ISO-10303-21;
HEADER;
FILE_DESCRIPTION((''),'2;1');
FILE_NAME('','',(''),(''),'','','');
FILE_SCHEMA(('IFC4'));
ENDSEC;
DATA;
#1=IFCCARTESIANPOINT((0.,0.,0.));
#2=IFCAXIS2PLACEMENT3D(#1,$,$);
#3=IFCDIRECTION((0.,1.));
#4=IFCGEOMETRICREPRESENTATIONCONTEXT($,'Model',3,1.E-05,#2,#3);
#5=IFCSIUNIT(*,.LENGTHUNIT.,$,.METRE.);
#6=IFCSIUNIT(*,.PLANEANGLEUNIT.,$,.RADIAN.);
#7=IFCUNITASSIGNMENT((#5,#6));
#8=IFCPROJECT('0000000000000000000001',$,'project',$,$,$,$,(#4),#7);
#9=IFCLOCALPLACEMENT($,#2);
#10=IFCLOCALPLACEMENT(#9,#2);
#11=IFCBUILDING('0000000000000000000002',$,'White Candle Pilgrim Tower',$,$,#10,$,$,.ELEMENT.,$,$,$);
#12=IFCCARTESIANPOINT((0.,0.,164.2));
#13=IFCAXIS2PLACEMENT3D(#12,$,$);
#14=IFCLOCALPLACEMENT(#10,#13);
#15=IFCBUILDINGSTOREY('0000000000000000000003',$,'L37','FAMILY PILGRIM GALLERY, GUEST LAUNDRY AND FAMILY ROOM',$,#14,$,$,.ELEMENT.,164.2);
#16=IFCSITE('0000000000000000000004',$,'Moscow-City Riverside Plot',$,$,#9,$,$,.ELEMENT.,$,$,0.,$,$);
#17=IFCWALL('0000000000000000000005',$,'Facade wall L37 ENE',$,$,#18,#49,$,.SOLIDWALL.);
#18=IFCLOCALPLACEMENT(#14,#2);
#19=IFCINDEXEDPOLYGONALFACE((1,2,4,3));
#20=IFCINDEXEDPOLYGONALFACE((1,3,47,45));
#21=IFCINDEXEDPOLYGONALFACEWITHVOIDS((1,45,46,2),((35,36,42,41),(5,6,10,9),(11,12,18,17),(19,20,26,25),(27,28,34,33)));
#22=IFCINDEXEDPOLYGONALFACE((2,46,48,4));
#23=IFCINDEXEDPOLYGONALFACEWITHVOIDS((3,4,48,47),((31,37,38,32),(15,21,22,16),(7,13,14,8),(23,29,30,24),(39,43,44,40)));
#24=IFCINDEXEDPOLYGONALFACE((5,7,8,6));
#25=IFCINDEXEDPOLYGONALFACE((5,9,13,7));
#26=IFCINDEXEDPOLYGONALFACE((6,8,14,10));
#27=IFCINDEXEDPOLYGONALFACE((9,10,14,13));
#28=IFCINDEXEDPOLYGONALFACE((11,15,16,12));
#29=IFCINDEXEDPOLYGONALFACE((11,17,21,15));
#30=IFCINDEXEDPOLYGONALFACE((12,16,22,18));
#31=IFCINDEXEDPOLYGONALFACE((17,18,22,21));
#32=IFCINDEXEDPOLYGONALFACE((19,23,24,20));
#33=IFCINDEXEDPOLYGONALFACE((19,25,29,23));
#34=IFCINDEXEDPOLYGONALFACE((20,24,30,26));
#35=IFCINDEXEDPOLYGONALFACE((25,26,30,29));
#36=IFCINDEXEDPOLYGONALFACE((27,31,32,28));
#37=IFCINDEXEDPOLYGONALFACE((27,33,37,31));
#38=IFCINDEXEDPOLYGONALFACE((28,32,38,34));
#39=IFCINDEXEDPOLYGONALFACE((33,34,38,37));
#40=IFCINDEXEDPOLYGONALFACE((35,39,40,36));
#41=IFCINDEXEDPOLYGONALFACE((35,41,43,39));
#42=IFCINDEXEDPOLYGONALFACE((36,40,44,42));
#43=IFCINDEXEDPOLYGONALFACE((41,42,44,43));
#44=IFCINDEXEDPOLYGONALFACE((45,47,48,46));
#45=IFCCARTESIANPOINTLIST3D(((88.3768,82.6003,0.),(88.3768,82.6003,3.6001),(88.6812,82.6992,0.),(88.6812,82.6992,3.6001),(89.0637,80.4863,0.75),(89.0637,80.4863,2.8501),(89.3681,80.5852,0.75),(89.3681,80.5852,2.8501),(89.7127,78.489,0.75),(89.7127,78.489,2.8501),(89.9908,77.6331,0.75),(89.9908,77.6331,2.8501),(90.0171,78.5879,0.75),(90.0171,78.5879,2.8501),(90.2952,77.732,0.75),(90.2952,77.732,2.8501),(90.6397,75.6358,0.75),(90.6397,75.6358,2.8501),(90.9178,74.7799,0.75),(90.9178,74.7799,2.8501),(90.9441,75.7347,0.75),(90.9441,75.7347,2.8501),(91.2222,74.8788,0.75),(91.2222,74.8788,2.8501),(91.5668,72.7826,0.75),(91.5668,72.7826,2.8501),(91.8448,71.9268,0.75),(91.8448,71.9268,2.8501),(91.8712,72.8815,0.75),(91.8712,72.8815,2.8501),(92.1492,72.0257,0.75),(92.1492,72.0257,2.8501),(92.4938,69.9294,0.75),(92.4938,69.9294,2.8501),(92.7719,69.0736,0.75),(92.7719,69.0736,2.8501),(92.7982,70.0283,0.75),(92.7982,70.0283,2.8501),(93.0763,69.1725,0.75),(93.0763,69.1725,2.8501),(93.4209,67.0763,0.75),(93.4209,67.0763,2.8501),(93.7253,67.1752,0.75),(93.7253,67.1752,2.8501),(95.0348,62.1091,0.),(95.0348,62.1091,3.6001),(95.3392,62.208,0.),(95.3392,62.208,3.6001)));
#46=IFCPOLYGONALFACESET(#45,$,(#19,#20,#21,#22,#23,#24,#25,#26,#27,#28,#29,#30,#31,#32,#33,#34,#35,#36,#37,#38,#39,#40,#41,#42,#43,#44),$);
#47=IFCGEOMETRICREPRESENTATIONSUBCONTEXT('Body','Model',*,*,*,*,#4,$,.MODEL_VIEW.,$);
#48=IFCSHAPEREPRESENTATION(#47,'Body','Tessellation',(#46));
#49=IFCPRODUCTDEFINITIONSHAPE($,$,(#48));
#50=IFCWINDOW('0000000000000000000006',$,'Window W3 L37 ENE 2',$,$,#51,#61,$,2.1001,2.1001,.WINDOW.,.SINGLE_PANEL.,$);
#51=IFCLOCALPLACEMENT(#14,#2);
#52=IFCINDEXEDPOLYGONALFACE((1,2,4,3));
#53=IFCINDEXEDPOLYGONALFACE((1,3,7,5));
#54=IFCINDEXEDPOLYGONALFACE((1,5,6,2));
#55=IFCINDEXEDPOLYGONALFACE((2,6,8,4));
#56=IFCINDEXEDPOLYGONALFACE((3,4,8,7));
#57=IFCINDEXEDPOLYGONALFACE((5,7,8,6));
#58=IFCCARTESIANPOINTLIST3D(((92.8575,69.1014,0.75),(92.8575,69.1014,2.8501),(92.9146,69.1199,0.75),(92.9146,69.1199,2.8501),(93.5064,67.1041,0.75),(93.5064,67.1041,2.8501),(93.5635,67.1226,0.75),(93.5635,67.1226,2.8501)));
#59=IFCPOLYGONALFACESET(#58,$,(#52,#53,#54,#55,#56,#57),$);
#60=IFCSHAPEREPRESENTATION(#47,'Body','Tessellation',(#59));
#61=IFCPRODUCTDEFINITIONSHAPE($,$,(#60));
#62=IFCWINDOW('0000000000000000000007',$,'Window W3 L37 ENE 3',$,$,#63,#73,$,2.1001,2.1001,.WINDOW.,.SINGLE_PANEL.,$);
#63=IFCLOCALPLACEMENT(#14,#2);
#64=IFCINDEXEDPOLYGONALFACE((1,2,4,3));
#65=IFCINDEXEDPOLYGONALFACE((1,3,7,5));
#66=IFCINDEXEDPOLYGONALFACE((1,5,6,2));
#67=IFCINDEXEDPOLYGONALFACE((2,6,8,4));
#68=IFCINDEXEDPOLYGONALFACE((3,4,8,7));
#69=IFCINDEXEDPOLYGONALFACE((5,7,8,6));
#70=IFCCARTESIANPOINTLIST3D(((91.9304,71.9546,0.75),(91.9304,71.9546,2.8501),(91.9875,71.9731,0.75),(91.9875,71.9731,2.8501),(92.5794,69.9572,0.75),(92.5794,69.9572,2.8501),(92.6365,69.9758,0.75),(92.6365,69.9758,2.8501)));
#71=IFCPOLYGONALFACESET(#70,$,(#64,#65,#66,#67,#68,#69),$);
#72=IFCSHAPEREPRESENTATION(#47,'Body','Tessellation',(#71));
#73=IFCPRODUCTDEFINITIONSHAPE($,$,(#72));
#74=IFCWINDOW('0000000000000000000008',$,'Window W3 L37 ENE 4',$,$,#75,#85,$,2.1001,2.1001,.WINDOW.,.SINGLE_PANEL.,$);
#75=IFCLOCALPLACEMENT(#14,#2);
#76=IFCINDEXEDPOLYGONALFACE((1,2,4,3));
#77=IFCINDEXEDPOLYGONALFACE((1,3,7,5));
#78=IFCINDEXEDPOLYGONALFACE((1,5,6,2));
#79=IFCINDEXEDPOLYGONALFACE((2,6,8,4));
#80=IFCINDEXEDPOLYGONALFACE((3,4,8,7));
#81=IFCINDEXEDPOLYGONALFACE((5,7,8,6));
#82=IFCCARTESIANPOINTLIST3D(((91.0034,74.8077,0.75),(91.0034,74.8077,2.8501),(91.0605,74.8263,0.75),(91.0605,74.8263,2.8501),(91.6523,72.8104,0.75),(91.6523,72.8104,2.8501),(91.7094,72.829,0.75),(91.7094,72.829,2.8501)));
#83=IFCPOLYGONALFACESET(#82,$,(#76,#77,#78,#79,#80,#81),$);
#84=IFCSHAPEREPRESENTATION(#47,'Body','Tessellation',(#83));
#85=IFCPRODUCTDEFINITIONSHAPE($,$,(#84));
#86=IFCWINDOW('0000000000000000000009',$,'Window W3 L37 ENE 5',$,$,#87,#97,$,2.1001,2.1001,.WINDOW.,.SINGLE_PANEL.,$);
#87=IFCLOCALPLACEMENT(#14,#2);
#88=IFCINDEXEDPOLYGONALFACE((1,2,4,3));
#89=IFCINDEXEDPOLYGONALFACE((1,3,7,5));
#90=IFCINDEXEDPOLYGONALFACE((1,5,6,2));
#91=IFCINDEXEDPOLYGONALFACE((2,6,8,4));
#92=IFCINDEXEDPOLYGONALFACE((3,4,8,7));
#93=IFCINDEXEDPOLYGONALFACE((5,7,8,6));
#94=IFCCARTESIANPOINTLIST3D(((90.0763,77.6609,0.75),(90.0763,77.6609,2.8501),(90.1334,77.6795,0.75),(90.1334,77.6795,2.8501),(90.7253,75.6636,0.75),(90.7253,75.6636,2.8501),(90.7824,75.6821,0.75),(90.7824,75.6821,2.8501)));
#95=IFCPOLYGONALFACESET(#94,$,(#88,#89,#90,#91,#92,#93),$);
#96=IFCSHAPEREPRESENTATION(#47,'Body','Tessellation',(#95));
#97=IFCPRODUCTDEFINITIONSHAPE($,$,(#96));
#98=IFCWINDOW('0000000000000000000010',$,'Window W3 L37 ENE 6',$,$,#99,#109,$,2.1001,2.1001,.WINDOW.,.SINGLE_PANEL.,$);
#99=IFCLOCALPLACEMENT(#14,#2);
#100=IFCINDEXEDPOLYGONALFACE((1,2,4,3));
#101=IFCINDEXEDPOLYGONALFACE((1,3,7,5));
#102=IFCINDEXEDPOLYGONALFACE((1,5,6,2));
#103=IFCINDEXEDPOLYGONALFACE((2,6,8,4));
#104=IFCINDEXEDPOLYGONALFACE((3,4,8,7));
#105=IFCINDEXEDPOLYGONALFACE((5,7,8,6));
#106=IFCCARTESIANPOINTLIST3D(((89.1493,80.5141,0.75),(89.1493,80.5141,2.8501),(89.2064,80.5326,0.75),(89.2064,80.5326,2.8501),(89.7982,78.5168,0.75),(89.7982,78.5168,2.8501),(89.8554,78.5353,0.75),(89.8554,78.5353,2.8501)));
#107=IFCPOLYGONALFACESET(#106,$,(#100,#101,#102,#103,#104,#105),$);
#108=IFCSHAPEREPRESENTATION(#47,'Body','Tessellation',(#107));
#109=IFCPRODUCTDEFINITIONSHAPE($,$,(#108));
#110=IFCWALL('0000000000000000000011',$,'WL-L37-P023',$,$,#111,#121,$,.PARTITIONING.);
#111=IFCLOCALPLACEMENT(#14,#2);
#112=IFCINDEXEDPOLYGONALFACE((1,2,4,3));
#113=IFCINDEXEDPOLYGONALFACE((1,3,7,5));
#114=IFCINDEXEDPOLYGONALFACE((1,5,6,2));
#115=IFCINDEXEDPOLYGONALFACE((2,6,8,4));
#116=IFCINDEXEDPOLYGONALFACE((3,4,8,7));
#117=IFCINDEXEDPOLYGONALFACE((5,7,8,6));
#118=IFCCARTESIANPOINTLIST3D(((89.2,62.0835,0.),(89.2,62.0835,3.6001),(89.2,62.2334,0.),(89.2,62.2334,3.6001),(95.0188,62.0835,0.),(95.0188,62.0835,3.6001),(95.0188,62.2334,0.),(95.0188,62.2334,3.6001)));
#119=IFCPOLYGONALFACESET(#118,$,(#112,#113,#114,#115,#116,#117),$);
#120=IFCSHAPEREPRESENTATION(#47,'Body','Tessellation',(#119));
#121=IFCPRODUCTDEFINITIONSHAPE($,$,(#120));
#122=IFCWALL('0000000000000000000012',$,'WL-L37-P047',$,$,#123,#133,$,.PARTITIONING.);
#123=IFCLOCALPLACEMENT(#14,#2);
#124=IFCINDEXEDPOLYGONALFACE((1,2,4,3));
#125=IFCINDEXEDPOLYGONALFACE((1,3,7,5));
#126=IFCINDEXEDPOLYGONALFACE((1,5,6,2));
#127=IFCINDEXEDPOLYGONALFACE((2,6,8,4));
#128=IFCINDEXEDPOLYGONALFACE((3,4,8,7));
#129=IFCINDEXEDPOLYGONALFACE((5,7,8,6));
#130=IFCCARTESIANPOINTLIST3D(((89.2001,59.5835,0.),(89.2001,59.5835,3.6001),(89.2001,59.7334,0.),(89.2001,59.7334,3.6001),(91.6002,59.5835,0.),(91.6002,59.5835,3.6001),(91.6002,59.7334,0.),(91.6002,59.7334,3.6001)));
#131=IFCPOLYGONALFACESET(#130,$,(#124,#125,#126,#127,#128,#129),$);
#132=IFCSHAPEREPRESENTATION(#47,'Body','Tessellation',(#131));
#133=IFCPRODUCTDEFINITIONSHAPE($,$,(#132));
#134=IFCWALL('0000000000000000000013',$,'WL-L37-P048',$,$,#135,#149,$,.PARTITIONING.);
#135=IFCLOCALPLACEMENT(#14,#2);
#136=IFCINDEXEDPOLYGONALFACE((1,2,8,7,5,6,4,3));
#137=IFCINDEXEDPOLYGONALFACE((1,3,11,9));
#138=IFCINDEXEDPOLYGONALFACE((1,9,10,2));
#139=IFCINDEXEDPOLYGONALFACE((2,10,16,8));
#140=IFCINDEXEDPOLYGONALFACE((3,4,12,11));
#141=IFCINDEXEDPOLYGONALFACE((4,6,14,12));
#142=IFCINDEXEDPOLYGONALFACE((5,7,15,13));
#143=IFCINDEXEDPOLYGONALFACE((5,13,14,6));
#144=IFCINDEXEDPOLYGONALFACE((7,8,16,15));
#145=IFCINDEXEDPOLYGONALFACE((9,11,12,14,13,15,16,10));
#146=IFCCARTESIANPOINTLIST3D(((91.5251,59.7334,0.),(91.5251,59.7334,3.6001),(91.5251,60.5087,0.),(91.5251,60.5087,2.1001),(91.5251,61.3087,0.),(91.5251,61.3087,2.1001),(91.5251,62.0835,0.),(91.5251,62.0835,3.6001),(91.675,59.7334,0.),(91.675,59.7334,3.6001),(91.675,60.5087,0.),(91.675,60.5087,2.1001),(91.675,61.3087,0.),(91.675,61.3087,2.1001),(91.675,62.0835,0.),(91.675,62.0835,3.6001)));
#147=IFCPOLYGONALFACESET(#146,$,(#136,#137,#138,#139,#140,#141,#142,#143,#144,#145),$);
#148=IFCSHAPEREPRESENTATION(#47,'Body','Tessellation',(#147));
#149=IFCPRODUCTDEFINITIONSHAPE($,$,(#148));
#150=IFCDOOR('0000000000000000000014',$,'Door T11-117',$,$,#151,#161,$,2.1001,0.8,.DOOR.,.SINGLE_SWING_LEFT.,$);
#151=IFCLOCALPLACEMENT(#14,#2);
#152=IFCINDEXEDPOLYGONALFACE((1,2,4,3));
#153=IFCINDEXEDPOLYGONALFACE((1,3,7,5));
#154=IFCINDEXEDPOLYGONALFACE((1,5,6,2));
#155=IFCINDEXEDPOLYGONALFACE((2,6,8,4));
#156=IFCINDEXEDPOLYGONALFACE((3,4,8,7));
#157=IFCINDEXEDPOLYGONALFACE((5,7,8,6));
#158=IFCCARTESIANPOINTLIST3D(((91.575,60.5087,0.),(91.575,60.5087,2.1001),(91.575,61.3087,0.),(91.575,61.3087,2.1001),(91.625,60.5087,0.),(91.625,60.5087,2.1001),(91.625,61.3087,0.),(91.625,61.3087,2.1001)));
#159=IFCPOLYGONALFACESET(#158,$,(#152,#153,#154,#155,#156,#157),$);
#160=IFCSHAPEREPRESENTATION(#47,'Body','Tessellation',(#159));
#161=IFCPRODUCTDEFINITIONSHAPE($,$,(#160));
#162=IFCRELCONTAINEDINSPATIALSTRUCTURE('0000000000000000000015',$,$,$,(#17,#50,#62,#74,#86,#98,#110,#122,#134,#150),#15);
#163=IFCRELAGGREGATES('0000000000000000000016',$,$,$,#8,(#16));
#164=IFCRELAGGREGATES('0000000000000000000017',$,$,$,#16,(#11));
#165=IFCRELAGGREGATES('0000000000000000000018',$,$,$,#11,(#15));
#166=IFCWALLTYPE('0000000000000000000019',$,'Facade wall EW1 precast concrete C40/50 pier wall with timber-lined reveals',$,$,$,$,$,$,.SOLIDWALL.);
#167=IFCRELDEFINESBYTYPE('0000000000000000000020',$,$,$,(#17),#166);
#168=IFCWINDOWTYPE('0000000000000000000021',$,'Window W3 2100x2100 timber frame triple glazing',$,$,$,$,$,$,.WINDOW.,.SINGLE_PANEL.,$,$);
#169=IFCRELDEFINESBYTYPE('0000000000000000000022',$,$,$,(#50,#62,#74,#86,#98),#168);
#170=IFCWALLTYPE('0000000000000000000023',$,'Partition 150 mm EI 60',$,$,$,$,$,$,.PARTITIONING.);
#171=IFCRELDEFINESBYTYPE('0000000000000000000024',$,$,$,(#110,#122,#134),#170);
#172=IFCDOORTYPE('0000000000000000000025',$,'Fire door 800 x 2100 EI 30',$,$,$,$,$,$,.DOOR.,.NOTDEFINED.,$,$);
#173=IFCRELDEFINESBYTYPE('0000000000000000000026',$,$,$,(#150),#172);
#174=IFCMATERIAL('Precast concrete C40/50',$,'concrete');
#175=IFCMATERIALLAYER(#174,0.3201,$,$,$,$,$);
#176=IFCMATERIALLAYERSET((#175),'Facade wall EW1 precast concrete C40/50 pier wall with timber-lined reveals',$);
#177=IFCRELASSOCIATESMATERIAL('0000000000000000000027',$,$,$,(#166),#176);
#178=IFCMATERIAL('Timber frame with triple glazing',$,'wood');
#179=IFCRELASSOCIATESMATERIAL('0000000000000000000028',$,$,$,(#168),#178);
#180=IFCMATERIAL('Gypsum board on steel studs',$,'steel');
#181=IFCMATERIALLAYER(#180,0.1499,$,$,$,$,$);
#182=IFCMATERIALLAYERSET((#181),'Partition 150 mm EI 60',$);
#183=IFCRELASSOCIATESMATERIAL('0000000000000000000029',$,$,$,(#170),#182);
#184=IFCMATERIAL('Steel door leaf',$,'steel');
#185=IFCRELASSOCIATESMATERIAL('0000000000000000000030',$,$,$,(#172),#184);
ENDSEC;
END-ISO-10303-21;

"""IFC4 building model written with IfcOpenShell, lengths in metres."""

from ifc_helpers import new_model, si_unit, direction, frame, frame_2d, origin, place, context, subcontext, project, spatial, rectangle, extrude, material, layer, layer_set, type_object, element, fill, save


model = new_model("IFC4")

# Units and contexts
model_context = context("Model", 3, precision=1e-05, world=origin(), true_north=direction((0.0, 1.0)))
body_context = subcontext(model_context, "Body", "Model", "MODEL_VIEW")
ifc_project = project(units=[si_unit("LENGTHUNIT", "METRE"), si_unit("PLANEANGLEUNIT", "RADIAN")], contexts=[model_context])

# Site, building, storey
site_placement = place(None, origin())
site = spatial("IfcSite", under=ifc_project, at=site_placement, Name="Moscow-City Riverside Plot", CompositionType="ELEMENT", RefElevation=0.0)
building_placement = place(site_placement, origin())
building = spatial("IfcBuilding", under=site, at=building_placement, Name="White Candle Pilgrim Tower", CompositionType="ELEMENT")
storey_placement = place(building_placement, frame((0.0, 0.0, 164.2)))
storey = spatial("IfcBuildingStorey", under=building, at=storey_placement, Name="L37", Description="FAMILY PILGRIM GALLERY, GUEST LAUNDRY AND FAMILY ROOM", CompositionType="ELEMENT", Elevation=164.2)

# Shared definitions
ifc_material_1 = material(Name="Gypsum board on steel studs", Category="steel")
ifc_material_2 = material(Name="Steel door leaf", Category="steel")

# Wall, openings, windows
ifc_material_3 = material(Name="Precast concrete C40/50", Category="concrete")
ifc_layer_1 = layer(ifc_material_3, 0.3201)
ifc_layer_set_1 = layer_set([ifc_layer_1], Name="Facade wall EW1 precast concrete C40/50 pier wall with timber-lined reveals")
wall_type_1 = type_object("IfcWallType", Name="Facade wall EW1 precast concrete C40/50 pier wall with timber-lined reveals", PredefinedType="SOLIDWALL", material=ifc_layer_set_1)
wall_1_placement = place(storey_placement, frame((95.187, 62.1584, 0.0), z_axis=(0.0, 0.0, 1.0), x_axis=(-0.309015, 0.951057, 0.0)))
wall_1 = element("IfcWall", 1, at=wall_1_placement, inside=storey, type_object=wall_type_1, Name="Facade wall L37 ENE", PredefinedType="SOLIDWALL", context=body_context, shape_type="SweptSolid", body=[
    extrude(rectangle(XDim=21.5457, YDim=0.3201, at=frame_2d((10.7729, 0.0))), origin(), (0.0, 0.0, 1.0), 3.6001),
])
opening_1_placement = place(wall_1_placement, frame((5.2229, 0.0, 0.75)))
opening_1 = element("IfcOpeningElement", 2, at=opening_1_placement, cuts=wall_1, PredefinedType="OPENING", context=body_context, shape_type="SweptSolid", body=[
    extrude(rectangle(XDim=2.1001, YDim=2.1001, at=frame_2d((1.05, 1.05))), frame((0.0, 0.1699, 0.0), z_axis=(0.0, -1.0, 0.0), x_axis=(1.0, 0.0, 0.0)), (0.0, 0.0, 1.0), 0.3401),
])
opening_2_placement = place(wall_1_placement, frame((8.2229, 0.0, 0.75)))
opening_2 = element("IfcOpeningElement", 3, at=opening_2_placement, cuts=wall_1, PredefinedType="OPENING", context=body_context, shape_type="SweptSolid", body=[
    extrude(rectangle(XDim=2.1001, YDim=2.1001, at=frame_2d((1.05, 1.05))), frame((0.0, 0.1699, 0.0), z_axis=(0.0, -1.0, 0.0), x_axis=(1.0, 0.0, 0.0)), (0.0, 0.0, 1.0), 0.3401),
])
opening_3_placement = place(wall_1_placement, frame((11.2229, 0.0, 0.75)))
opening_3 = element("IfcOpeningElement", 4, at=opening_3_placement, cuts=wall_1, PredefinedType="OPENING", context=body_context, shape_type="SweptSolid", body=[
    extrude(rectangle(XDim=2.1001, YDim=2.1001, at=frame_2d((1.05, 1.05))), frame((0.0, 0.1699, 0.0), z_axis=(0.0, -1.0, 0.0), x_axis=(1.0, 0.0, 0.0)), (0.0, 0.0, 1.0), 0.3401),
])
opening_4_placement = place(wall_1_placement, frame((14.2229, 0.0, 0.75)))
opening_4 = element("IfcOpeningElement", 5, at=opening_4_placement, cuts=wall_1, PredefinedType="OPENING", context=body_context, shape_type="SweptSolid", body=[
    extrude(rectangle(XDim=2.1001, YDim=2.1001, at=frame_2d((1.05, 1.05))), frame((0.0, 0.1699, 0.0), z_axis=(0.0, -1.0, 0.0), x_axis=(1.0, 0.0, 0.0)), (0.0, 0.0, 1.0), 0.3401),
])
opening_5_placement = place(wall_1_placement, frame((17.2229, 0.0, 0.75)))
opening_5 = element("IfcOpeningElement", 6, at=opening_5_placement, cuts=wall_1, PredefinedType="OPENING", context=body_context, shape_type="SweptSolid", body=[
    extrude(rectangle(XDim=2.1001, YDim=2.1001, at=frame_2d((1.05, 1.05))), frame((0.0, 0.1699, 0.0), z_axis=(0.0, -1.0, 0.0), x_axis=(1.0, 0.0, 0.0)), (0.0, 0.0, 1.0), 0.3401),
])
ifc_material_4 = material(Name="Timber frame with triple glazing", Category="wood")
window_type = type_object("IfcWindowType", Name="Window W3 2100x2100 timber frame triple glazing", PartitioningType="SINGLE_PANEL", PredefinedType="WINDOW", material=ifc_material_4)
window_1_placement = place(opening_1_placement, origin())
window_1 = element("IfcWindow", 7, at=window_1_placement, inside=storey, type_object=window_type, Name="Window W3 L37 ENE 2", OverallHeight=2.1001, OverallWidth=2.1001, PartitioningType="SINGLE_PANEL", PredefinedType="WINDOW", context=body_context, shape_type="SweptSolid", body=[
    extrude(rectangle(XDim=2.1001, YDim=2.1001, at=frame_2d((1.05, 1.05))), frame((0.0, 0.0701, 0.0), z_axis=(0.0, -1.0, 0.0), x_axis=(1.0, 0.0, 0.0)), (0.0, 0.0, 1.0), 0.0601),
])
fill(opening_1, window_1)
window_2_placement = place(opening_2_placement, origin())
window_2 = element("IfcWindow", 8, at=window_2_placement, inside=storey, type_object=window_type, Name="Window W3 L37 ENE 3", OverallHeight=2.1001, OverallWidth=2.1001, PartitioningType="SINGLE_PANEL", PredefinedType="WINDOW", context=body_context, shape_type="SweptSolid", body=[
    extrude(rectangle(XDim=2.1001, YDim=2.1001, at=frame_2d((1.05, 1.05))), frame((0.0, 0.0701, 0.0), z_axis=(0.0, -1.0, 0.0), x_axis=(1.0, 0.0, 0.0)), (0.0, 0.0, 1.0), 0.0601),
])
fill(opening_2, window_2)
window_3_placement = place(opening_3_placement, origin())
window_3 = element("IfcWindow", 9, at=window_3_placement, inside=storey, type_object=window_type, Name="Window W3 L37 ENE 4", OverallHeight=2.1001, OverallWidth=2.1001, PartitioningType="SINGLE_PANEL", PredefinedType="WINDOW", context=body_context, shape_type="SweptSolid", body=[
    extrude(rectangle(XDim=2.1001, YDim=2.1001, at=frame_2d((1.05, 1.05))), frame((0.0, 0.0701, 0.0), z_axis=(0.0, -1.0, 0.0), x_axis=(1.0, 0.0, 0.0)), (0.0, 0.0, 1.0), 0.0601),
])
fill(opening_3, window_3)
window_4_placement = place(opening_4_placement, origin())
window_4 = element("IfcWindow", 10, at=window_4_placement, inside=storey, type_object=window_type, Name="Window W3 L37 ENE 5", OverallHeight=2.1001, OverallWidth=2.1001, PartitioningType="SINGLE_PANEL", PredefinedType="WINDOW", context=body_context, shape_type="SweptSolid", body=[
    extrude(rectangle(XDim=2.1001, YDim=2.1001, at=frame_2d((1.05, 1.05))), frame((0.0, 0.0701, 0.0), z_axis=(0.0, -1.0, 0.0), x_axis=(1.0, 0.0, 0.0)), (0.0, 0.0, 1.0), 0.0601),
])
fill(opening_4, window_4)
window_5_placement = place(opening_5_placement, origin())
window_5 = element("IfcWindow", 11, at=window_5_placement, inside=storey, type_object=window_type, Name="Window W3 L37 ENE 6", OverallHeight=2.1001, OverallWidth=2.1001, PartitioningType="SINGLE_PANEL", PredefinedType="WINDOW", context=body_context, shape_type="SweptSolid", body=[
    extrude(rectangle(XDim=2.1001, YDim=2.1001, at=frame_2d((1.05, 1.05))), frame((0.0, 0.0701, 0.0), z_axis=(0.0, -1.0, 0.0), x_axis=(1.0, 0.0, 0.0)), (0.0, 0.0, 1.0), 0.0601),
])
fill(opening_5, window_5)

# Walls
ifc_layer_2 = layer(ifc_material_1, 0.1499)
ifc_layer_set_2 = layer_set([ifc_layer_2], Name="Partition 150 mm EI 60")
wall_type_2 = type_object("IfcWallType", Name="Partition 150 mm EI 60", PredefinedType="PARTITIONING", material=ifc_layer_set_2)
wall_2_placement = place(storey_placement, frame((95.0188, 62.1584, 0.0), z_axis=(0.0, 0.0, 1.0), x_axis=(-1.0, 0.0, 0.0)))
element("IfcWall", 12, at=wall_2_placement, inside=storey, type_object=wall_type_2, Name="WL-L37-P023", PredefinedType="PARTITIONING", context=body_context, shape_type="SweptSolid", body=[
    extrude(rectangle(XDim=5.8188, YDim=0.1499, at=frame_2d((2.9094, 0.0))), origin(), (0.0, 0.0, 1.0), 3.6001),
])
wall_3_placement = place(storey_placement, frame((89.2, 59.6584, 0.0), z_axis=(0.0, 0.0, 1.0), x_axis=(1.0, 0.0, 0.0)))
element("IfcWall", 13, at=wall_3_placement, inside=storey, type_object=wall_type_2, Name="WL-L37-P047", PredefinedType="PARTITIONING", context=body_context, shape_type="SweptSolid", body=[
    extrude(rectangle(XDim=2.4001, YDim=0.1499, at=frame_2d((1.2002, 0.0))), origin(), (0.0, 0.0, 1.0), 3.6001),
])

# Wall, opening, door
wall_4_placement = place(storey_placement, frame((91.6001, 62.0835, 0.0), z_axis=(0.0, 0.0, 1.0), x_axis=(0.0, -1.0, 0.0)))
wall_4 = element("IfcWall", 14, at=wall_4_placement, inside=storey, type_object=wall_type_2, Name="WL-L37-P048", PredefinedType="PARTITIONING", context=body_context, shape_type="SweptSolid", body=[
    extrude(rectangle(XDim=2.3501, YDim=0.1499, at=frame_2d((1.175, 0.0))), origin(), (0.0, 0.0, 1.0), 3.6001),
])
opening_6_placement = place(wall_4_placement, frame((0.7749, 0.0, 0.0)))
opening_6 = element("IfcOpeningElement", 15, at=opening_6_placement, cuts=wall_4, PredefinedType="OPENING", context=body_context, shape_type="SweptSolid", body=[
    extrude(rectangle(XDim=0.8, YDim=2.1001, at=frame_2d((0.3999, 1.05))), frame((0.0, 0.085, 0.0), z_axis=(0.0, -1.0, 0.0), x_axis=(1.0, 0.0, 0.0)), (0.0, 0.0, 1.0), 0.1699),
])
door_type_1 = type_object("IfcDoorType", Name="Fire door 800 x 2100 EI 30", OperationType="NOTDEFINED", PredefinedType="DOOR", material=ifc_material_2)
door_1_placement = place(opening_6_placement, origin())
door_1 = element("IfcDoor", 16, at=door_1_placement, inside=storey, type_object=door_type_1, Name="Door T11-117", OperationType="SINGLE_SWING_LEFT", OverallHeight=2.1001, OverallWidth=0.8, PredefinedType="DOOR", context=body_context, shape_type="SweptSolid", body=[
    extrude(rectangle(XDim=0.8, YDim=2.1001, at=frame_2d((0.3999, 1.05))), frame((0.0, 0.0249, 0.0), z_axis=(0.0, -1.0, 0.0), x_axis=(1.0, 0.0, 0.0)), (0.0, 0.0, 1.0), 0.05),
])
fill(opening_6, door_1)

save(model, "model.ifc")
